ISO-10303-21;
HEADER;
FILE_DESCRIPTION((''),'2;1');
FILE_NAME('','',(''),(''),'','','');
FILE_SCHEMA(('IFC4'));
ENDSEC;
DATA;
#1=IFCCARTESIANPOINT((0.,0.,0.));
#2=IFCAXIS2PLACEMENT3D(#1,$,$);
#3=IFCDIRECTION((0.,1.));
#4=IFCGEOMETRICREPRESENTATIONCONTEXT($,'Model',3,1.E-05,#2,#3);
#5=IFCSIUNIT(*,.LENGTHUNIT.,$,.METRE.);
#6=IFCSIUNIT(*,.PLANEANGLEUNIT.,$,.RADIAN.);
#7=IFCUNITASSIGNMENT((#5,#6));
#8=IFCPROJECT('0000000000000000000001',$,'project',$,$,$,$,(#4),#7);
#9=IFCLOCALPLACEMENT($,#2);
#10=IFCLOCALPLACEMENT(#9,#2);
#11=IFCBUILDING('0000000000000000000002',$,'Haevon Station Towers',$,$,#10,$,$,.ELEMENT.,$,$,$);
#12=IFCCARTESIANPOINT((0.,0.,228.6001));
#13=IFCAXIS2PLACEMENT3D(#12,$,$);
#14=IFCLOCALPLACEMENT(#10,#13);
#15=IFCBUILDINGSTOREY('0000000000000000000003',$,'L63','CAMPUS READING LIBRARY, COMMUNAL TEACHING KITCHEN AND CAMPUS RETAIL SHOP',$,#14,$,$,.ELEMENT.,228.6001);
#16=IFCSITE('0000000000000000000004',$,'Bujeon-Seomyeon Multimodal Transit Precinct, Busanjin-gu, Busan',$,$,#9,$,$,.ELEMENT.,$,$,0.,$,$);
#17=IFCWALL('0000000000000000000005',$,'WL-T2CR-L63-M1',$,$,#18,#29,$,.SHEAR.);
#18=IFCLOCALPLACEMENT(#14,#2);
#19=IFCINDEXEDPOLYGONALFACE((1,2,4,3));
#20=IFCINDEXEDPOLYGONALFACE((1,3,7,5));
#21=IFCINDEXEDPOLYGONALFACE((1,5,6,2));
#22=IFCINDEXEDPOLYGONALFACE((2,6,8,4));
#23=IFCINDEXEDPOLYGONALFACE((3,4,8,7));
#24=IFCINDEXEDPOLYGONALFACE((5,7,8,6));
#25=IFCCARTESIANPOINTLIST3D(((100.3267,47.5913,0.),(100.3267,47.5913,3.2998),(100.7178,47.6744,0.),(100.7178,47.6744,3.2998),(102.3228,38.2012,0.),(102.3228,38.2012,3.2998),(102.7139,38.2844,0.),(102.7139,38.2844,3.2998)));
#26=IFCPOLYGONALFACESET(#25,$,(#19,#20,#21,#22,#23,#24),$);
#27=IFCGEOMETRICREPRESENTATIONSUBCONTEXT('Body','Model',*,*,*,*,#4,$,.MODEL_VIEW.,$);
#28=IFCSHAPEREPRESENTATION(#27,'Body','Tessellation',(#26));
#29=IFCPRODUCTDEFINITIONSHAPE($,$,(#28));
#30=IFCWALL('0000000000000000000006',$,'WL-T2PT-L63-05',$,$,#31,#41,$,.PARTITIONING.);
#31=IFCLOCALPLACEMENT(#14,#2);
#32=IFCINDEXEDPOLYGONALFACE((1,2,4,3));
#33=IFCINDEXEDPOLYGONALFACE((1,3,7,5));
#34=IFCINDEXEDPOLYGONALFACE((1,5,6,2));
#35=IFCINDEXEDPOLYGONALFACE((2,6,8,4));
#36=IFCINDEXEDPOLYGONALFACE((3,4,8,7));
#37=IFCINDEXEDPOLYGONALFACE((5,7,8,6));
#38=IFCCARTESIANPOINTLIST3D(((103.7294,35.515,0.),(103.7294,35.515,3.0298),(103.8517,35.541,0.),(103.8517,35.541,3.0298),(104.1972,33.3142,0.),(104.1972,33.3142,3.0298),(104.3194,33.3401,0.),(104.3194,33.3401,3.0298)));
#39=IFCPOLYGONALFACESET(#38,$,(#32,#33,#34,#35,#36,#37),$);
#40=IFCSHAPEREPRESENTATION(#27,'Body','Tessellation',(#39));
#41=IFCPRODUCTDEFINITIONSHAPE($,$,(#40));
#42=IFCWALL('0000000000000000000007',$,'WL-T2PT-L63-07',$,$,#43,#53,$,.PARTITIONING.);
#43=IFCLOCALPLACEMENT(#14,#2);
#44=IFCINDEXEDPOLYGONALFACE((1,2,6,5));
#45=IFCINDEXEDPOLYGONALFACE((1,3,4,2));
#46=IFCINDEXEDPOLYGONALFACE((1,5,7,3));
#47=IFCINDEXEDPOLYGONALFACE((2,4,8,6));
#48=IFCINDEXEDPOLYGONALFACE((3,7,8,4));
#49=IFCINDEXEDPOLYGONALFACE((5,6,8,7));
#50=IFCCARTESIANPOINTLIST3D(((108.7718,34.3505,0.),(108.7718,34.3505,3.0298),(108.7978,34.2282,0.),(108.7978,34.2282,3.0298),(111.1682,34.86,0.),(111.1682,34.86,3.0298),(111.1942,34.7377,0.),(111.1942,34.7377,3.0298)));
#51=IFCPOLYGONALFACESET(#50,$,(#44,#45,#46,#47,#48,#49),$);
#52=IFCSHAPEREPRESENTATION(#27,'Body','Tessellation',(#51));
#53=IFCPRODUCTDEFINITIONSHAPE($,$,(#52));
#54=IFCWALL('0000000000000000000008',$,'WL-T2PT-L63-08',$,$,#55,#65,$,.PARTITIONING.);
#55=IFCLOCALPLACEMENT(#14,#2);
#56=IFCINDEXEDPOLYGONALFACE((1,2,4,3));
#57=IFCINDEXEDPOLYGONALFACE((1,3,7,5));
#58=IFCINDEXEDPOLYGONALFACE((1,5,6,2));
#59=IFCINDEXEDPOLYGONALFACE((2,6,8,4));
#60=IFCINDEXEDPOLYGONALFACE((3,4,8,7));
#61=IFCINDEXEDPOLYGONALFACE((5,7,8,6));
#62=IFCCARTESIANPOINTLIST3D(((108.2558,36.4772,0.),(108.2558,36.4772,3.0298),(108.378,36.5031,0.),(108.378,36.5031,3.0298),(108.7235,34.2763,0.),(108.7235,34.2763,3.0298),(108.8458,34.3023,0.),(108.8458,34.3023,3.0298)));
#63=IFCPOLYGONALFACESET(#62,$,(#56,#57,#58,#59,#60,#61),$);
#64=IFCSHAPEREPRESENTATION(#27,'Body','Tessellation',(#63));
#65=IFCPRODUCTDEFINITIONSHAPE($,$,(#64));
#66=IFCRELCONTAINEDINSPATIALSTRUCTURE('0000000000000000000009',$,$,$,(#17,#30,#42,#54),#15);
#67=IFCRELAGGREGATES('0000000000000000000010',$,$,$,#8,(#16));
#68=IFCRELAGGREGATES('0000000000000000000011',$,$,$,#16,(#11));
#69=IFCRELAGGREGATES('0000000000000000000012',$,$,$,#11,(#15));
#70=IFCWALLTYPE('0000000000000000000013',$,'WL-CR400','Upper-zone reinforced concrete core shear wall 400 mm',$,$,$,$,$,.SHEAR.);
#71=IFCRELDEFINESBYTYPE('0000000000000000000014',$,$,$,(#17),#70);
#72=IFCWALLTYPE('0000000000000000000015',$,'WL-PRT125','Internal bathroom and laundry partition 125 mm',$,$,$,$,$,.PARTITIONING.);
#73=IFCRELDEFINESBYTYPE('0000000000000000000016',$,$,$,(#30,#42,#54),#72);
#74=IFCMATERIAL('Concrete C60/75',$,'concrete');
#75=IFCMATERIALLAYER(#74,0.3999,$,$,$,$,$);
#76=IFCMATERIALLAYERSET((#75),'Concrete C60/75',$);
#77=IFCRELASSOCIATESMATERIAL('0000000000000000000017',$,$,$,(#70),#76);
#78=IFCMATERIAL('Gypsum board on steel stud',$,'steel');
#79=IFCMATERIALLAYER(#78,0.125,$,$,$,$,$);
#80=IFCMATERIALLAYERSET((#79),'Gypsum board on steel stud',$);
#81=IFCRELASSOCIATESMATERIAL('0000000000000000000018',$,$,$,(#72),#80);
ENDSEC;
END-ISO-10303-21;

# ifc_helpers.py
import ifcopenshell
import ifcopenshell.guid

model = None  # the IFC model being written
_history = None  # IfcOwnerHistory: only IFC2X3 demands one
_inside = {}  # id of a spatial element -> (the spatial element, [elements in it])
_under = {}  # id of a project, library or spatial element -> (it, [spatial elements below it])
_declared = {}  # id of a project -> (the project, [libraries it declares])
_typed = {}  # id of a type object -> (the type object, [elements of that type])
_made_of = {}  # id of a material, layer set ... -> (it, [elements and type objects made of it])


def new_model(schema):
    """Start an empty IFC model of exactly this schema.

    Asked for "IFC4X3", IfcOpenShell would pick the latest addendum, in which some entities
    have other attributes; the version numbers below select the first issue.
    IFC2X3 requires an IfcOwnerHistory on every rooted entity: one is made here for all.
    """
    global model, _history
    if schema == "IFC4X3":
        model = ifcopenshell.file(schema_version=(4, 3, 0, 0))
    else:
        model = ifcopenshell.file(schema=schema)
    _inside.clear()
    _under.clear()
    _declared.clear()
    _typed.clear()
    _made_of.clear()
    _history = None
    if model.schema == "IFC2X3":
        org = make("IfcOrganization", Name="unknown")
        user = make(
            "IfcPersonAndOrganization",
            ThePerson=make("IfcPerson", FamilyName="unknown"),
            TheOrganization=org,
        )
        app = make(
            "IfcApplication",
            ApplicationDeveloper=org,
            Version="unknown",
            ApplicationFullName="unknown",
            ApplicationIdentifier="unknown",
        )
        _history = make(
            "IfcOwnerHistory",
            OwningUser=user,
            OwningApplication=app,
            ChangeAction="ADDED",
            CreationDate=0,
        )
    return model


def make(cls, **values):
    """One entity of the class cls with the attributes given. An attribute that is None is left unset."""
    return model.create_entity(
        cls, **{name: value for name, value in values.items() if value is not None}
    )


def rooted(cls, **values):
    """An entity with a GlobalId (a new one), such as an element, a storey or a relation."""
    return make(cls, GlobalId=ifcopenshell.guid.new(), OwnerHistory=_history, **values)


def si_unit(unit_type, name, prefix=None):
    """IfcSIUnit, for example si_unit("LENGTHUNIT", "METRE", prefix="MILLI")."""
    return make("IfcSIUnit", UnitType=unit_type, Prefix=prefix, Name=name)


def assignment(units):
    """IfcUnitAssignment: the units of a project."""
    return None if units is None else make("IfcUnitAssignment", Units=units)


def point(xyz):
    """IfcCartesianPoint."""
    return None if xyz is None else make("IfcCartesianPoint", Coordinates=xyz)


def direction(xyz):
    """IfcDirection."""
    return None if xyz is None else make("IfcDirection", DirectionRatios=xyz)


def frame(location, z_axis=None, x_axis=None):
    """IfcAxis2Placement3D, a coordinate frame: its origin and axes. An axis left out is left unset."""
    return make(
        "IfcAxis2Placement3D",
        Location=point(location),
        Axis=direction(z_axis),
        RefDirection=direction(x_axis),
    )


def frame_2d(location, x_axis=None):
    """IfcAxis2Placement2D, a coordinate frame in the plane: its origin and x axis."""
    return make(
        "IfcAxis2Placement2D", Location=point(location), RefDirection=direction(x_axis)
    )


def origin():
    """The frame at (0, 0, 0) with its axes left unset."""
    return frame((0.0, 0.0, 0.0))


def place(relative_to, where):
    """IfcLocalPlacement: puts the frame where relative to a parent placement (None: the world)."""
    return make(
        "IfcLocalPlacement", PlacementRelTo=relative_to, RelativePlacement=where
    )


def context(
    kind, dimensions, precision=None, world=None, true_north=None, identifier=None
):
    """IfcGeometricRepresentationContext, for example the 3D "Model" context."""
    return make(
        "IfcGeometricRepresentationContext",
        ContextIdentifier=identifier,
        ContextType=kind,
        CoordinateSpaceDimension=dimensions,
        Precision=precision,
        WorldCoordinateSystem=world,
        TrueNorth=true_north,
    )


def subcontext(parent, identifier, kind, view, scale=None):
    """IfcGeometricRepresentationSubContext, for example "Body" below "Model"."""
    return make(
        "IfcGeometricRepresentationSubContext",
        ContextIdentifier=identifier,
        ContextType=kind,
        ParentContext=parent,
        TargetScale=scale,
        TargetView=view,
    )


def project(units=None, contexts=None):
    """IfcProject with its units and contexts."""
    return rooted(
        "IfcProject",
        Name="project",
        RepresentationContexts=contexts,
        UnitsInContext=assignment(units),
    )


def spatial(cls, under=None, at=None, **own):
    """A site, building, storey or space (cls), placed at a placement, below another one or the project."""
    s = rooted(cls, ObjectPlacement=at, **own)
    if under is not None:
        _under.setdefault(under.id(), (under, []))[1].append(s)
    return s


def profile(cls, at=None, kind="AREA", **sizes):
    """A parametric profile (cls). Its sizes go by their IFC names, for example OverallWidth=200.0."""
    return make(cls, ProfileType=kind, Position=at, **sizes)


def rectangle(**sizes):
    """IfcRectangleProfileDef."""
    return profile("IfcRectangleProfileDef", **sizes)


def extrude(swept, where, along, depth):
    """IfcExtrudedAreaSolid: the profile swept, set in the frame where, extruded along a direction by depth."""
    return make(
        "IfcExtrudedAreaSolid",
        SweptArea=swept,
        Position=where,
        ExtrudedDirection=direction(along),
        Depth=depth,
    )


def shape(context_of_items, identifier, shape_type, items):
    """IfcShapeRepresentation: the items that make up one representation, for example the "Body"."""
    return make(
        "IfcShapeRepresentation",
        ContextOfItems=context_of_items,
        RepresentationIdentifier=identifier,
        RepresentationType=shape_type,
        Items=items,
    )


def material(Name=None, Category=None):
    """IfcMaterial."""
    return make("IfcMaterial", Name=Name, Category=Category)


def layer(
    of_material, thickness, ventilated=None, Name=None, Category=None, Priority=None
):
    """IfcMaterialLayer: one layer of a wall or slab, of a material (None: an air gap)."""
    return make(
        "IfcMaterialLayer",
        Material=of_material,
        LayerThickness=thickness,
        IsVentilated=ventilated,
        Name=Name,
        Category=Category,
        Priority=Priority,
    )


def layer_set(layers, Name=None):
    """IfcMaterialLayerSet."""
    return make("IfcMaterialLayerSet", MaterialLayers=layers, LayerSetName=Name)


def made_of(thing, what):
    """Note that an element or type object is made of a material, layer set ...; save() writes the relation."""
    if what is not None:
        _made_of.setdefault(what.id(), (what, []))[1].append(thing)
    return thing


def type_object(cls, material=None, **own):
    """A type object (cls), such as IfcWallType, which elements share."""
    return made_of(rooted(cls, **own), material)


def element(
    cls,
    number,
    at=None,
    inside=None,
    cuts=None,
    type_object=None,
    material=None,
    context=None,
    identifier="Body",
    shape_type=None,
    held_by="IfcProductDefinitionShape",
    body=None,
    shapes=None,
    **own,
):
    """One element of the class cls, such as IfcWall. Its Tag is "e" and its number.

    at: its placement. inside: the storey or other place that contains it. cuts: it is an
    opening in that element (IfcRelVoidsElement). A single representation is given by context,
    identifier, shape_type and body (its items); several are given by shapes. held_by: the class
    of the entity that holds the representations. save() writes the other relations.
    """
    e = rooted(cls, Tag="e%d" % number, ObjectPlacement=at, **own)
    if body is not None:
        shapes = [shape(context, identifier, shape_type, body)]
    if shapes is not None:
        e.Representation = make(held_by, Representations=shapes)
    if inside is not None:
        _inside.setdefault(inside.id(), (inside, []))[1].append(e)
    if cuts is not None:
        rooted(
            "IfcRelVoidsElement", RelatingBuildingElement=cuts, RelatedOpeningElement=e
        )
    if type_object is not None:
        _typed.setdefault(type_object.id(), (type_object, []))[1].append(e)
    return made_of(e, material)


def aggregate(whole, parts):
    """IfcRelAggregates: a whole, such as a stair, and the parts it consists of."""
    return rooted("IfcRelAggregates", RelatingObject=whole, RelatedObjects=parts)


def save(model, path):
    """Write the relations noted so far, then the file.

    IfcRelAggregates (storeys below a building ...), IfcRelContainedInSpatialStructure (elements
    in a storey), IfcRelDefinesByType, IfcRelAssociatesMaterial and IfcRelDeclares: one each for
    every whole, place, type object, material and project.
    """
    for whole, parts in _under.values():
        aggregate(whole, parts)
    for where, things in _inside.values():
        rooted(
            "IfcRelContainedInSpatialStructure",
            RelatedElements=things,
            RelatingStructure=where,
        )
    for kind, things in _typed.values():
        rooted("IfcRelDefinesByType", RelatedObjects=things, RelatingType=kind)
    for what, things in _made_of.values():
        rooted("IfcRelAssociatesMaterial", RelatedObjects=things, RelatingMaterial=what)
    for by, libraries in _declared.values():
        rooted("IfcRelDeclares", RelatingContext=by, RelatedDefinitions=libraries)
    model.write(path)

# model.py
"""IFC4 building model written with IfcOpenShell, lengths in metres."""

from ifc_helpers import new_model, si_unit, direction, frame, frame_2d, origin, place, context, subcontext, project, spatial, rectangle, extrude, material, layer, layer_set, type_object, element, save


model = new_model("IFC4")

# Units and contexts
model_context = context("Model", 3, precision=1e-05, world=origin(), true_north=direction((0.0, 1.0)))
body_context = subcontext(model_context, "Body", "Model", "MODEL_VIEW")
ifc_project = project(units=[si_unit("LENGTHUNIT", "METRE"), si_unit("PLANEANGLEUNIT", "RADIAN")], contexts=[model_context])

# Site, building, storey
site_placement = place(None, origin())
site = spatial("IfcSite", under=ifc_project, at=site_placement, Name="Bujeon-Seomyeon Multimodal Transit Precinct, Busanjin-gu, Busan", CompositionType="ELEMENT", RefElevation=0.0)
building_placement = place(site_placement, origin())
building = spatial("IfcBuilding", under=site, at=building_placement, Name="Haevon Station Towers", CompositionType="ELEMENT")
storey_placement = place(building_placement, frame((0.0, 0.0, 228.6001)))
storey = spatial("IfcBuildingStorey", under=building, at=storey_placement, Name="L63", Description="CAMPUS READING LIBRARY, COMMUNAL TEACHING KITCHEN AND CAMPUS RETAIL SHOP", CompositionType="ELEMENT", Elevation=228.6001)

# Shared definitions
ifc_material_1 = material(Name="Gypsum board on steel stud", Category="steel")

# Walls
ifc_material_2 = material(Name="Concrete C60/75", Category="concrete")
ifc_layer_1 = layer(ifc_material_2, 0.3999)
ifc_layer_set_1 = layer_set([ifc_layer_1], Name="Concrete C60/75")
wall_type_1 = type_object("IfcWallType", Name="WL-CR400", Description="Upper-zone reinforced concrete core shear wall 400 mm", PredefinedType="SHEAR", material=ifc_layer_set_1)
wall_1_placement = place(storey_placement, frame((102.5183, 38.2429, 0.0), z_axis=(0.0, 0.0, 1.0), x_axis=(-0.207927, 0.978144, 0.0)))
element("IfcWall", 1, at=wall_1_placement, inside=storey, type_object=wall_type_1, Name="WL-T2CR-L63-M1", PredefinedType="SHEAR", context=body_context, shape_type="SweptSolid", body=[
    extrude(rectangle(XDim=9.5999, YDim=0.3999, at=frame_2d((4.7998, 0.0))), origin(), (0.0, 0.0, 1.0), 3.2998),
])
ifc_layer_2 = layer(ifc_material_1, 0.125)
ifc_layer_set_2 = layer_set([ifc_layer_2], Name="Gypsum board on steel stud")
wall_type_2 = type_object("IfcWallType", Name="WL-PRT125", Description="Internal bathroom and laundry partition 125 mm", PredefinedType="PARTITIONING", material=ifc_layer_set_2)
wall_2_placement = place(storey_placement, frame((104.2583, 33.3271, 0.0), z_axis=(0.0, 0.0, 1.0), x_axis=(-0.207891, 0.978152, 0.0)))
element("IfcWall", 2, at=wall_2_placement, inside=storey, type_object=wall_type_2, Name="WL-T2PT-L63-05", PredefinedType="PARTITIONING", context=body_context, shape_type="SweptSolid", body=[
    extrude(rectangle(XDim=2.25, YDim=0.125, at=frame_2d((1.125, 0.0))), origin(), (0.0, 0.0, 1.0), 3.0298),
])
wall_3_placement = place(storey_placement, frame((108.7847, 34.2893, 0.0), z_axis=(0.0, 0.0, 1.0), x_axis=(0.978137, 0.207964, 0.0)))
element("IfcWall", 3, at=wall_3_placement, inside=storey, type_object=wall_type_2, Name="WL-T2PT-L63-07", PredefinedType="PARTITIONING", context=body_context, shape_type="SweptSolid", body=[
    extrude(rectangle(XDim=2.45, YDim=0.125, at=frame_2d((1.2251, 0.0))), origin(), (0.0, 0.0, 1.0), 3.0298),
])
wall_4_placement = place(storey_placement, frame((108.7847, 34.2893, 0.0), z_axis=(0.0, 0.0, 1.0), x_axis=(-0.207891, 0.978152, 0.0)))
element("IfcWall", 4, at=wall_4_placement, inside=storey, type_object=wall_type_2, Name="WL-T2PT-L63-08", PredefinedType="PARTITIONING", context=body_context, shape_type="SweptSolid", body=[
    extrude(rectangle(XDim=2.25, YDim=0.125, at=frame_2d((1.125, 0.0))), origin(), (0.0, 0.0, 1.0), 3.0298),
])

save(model, "model.ifc")
